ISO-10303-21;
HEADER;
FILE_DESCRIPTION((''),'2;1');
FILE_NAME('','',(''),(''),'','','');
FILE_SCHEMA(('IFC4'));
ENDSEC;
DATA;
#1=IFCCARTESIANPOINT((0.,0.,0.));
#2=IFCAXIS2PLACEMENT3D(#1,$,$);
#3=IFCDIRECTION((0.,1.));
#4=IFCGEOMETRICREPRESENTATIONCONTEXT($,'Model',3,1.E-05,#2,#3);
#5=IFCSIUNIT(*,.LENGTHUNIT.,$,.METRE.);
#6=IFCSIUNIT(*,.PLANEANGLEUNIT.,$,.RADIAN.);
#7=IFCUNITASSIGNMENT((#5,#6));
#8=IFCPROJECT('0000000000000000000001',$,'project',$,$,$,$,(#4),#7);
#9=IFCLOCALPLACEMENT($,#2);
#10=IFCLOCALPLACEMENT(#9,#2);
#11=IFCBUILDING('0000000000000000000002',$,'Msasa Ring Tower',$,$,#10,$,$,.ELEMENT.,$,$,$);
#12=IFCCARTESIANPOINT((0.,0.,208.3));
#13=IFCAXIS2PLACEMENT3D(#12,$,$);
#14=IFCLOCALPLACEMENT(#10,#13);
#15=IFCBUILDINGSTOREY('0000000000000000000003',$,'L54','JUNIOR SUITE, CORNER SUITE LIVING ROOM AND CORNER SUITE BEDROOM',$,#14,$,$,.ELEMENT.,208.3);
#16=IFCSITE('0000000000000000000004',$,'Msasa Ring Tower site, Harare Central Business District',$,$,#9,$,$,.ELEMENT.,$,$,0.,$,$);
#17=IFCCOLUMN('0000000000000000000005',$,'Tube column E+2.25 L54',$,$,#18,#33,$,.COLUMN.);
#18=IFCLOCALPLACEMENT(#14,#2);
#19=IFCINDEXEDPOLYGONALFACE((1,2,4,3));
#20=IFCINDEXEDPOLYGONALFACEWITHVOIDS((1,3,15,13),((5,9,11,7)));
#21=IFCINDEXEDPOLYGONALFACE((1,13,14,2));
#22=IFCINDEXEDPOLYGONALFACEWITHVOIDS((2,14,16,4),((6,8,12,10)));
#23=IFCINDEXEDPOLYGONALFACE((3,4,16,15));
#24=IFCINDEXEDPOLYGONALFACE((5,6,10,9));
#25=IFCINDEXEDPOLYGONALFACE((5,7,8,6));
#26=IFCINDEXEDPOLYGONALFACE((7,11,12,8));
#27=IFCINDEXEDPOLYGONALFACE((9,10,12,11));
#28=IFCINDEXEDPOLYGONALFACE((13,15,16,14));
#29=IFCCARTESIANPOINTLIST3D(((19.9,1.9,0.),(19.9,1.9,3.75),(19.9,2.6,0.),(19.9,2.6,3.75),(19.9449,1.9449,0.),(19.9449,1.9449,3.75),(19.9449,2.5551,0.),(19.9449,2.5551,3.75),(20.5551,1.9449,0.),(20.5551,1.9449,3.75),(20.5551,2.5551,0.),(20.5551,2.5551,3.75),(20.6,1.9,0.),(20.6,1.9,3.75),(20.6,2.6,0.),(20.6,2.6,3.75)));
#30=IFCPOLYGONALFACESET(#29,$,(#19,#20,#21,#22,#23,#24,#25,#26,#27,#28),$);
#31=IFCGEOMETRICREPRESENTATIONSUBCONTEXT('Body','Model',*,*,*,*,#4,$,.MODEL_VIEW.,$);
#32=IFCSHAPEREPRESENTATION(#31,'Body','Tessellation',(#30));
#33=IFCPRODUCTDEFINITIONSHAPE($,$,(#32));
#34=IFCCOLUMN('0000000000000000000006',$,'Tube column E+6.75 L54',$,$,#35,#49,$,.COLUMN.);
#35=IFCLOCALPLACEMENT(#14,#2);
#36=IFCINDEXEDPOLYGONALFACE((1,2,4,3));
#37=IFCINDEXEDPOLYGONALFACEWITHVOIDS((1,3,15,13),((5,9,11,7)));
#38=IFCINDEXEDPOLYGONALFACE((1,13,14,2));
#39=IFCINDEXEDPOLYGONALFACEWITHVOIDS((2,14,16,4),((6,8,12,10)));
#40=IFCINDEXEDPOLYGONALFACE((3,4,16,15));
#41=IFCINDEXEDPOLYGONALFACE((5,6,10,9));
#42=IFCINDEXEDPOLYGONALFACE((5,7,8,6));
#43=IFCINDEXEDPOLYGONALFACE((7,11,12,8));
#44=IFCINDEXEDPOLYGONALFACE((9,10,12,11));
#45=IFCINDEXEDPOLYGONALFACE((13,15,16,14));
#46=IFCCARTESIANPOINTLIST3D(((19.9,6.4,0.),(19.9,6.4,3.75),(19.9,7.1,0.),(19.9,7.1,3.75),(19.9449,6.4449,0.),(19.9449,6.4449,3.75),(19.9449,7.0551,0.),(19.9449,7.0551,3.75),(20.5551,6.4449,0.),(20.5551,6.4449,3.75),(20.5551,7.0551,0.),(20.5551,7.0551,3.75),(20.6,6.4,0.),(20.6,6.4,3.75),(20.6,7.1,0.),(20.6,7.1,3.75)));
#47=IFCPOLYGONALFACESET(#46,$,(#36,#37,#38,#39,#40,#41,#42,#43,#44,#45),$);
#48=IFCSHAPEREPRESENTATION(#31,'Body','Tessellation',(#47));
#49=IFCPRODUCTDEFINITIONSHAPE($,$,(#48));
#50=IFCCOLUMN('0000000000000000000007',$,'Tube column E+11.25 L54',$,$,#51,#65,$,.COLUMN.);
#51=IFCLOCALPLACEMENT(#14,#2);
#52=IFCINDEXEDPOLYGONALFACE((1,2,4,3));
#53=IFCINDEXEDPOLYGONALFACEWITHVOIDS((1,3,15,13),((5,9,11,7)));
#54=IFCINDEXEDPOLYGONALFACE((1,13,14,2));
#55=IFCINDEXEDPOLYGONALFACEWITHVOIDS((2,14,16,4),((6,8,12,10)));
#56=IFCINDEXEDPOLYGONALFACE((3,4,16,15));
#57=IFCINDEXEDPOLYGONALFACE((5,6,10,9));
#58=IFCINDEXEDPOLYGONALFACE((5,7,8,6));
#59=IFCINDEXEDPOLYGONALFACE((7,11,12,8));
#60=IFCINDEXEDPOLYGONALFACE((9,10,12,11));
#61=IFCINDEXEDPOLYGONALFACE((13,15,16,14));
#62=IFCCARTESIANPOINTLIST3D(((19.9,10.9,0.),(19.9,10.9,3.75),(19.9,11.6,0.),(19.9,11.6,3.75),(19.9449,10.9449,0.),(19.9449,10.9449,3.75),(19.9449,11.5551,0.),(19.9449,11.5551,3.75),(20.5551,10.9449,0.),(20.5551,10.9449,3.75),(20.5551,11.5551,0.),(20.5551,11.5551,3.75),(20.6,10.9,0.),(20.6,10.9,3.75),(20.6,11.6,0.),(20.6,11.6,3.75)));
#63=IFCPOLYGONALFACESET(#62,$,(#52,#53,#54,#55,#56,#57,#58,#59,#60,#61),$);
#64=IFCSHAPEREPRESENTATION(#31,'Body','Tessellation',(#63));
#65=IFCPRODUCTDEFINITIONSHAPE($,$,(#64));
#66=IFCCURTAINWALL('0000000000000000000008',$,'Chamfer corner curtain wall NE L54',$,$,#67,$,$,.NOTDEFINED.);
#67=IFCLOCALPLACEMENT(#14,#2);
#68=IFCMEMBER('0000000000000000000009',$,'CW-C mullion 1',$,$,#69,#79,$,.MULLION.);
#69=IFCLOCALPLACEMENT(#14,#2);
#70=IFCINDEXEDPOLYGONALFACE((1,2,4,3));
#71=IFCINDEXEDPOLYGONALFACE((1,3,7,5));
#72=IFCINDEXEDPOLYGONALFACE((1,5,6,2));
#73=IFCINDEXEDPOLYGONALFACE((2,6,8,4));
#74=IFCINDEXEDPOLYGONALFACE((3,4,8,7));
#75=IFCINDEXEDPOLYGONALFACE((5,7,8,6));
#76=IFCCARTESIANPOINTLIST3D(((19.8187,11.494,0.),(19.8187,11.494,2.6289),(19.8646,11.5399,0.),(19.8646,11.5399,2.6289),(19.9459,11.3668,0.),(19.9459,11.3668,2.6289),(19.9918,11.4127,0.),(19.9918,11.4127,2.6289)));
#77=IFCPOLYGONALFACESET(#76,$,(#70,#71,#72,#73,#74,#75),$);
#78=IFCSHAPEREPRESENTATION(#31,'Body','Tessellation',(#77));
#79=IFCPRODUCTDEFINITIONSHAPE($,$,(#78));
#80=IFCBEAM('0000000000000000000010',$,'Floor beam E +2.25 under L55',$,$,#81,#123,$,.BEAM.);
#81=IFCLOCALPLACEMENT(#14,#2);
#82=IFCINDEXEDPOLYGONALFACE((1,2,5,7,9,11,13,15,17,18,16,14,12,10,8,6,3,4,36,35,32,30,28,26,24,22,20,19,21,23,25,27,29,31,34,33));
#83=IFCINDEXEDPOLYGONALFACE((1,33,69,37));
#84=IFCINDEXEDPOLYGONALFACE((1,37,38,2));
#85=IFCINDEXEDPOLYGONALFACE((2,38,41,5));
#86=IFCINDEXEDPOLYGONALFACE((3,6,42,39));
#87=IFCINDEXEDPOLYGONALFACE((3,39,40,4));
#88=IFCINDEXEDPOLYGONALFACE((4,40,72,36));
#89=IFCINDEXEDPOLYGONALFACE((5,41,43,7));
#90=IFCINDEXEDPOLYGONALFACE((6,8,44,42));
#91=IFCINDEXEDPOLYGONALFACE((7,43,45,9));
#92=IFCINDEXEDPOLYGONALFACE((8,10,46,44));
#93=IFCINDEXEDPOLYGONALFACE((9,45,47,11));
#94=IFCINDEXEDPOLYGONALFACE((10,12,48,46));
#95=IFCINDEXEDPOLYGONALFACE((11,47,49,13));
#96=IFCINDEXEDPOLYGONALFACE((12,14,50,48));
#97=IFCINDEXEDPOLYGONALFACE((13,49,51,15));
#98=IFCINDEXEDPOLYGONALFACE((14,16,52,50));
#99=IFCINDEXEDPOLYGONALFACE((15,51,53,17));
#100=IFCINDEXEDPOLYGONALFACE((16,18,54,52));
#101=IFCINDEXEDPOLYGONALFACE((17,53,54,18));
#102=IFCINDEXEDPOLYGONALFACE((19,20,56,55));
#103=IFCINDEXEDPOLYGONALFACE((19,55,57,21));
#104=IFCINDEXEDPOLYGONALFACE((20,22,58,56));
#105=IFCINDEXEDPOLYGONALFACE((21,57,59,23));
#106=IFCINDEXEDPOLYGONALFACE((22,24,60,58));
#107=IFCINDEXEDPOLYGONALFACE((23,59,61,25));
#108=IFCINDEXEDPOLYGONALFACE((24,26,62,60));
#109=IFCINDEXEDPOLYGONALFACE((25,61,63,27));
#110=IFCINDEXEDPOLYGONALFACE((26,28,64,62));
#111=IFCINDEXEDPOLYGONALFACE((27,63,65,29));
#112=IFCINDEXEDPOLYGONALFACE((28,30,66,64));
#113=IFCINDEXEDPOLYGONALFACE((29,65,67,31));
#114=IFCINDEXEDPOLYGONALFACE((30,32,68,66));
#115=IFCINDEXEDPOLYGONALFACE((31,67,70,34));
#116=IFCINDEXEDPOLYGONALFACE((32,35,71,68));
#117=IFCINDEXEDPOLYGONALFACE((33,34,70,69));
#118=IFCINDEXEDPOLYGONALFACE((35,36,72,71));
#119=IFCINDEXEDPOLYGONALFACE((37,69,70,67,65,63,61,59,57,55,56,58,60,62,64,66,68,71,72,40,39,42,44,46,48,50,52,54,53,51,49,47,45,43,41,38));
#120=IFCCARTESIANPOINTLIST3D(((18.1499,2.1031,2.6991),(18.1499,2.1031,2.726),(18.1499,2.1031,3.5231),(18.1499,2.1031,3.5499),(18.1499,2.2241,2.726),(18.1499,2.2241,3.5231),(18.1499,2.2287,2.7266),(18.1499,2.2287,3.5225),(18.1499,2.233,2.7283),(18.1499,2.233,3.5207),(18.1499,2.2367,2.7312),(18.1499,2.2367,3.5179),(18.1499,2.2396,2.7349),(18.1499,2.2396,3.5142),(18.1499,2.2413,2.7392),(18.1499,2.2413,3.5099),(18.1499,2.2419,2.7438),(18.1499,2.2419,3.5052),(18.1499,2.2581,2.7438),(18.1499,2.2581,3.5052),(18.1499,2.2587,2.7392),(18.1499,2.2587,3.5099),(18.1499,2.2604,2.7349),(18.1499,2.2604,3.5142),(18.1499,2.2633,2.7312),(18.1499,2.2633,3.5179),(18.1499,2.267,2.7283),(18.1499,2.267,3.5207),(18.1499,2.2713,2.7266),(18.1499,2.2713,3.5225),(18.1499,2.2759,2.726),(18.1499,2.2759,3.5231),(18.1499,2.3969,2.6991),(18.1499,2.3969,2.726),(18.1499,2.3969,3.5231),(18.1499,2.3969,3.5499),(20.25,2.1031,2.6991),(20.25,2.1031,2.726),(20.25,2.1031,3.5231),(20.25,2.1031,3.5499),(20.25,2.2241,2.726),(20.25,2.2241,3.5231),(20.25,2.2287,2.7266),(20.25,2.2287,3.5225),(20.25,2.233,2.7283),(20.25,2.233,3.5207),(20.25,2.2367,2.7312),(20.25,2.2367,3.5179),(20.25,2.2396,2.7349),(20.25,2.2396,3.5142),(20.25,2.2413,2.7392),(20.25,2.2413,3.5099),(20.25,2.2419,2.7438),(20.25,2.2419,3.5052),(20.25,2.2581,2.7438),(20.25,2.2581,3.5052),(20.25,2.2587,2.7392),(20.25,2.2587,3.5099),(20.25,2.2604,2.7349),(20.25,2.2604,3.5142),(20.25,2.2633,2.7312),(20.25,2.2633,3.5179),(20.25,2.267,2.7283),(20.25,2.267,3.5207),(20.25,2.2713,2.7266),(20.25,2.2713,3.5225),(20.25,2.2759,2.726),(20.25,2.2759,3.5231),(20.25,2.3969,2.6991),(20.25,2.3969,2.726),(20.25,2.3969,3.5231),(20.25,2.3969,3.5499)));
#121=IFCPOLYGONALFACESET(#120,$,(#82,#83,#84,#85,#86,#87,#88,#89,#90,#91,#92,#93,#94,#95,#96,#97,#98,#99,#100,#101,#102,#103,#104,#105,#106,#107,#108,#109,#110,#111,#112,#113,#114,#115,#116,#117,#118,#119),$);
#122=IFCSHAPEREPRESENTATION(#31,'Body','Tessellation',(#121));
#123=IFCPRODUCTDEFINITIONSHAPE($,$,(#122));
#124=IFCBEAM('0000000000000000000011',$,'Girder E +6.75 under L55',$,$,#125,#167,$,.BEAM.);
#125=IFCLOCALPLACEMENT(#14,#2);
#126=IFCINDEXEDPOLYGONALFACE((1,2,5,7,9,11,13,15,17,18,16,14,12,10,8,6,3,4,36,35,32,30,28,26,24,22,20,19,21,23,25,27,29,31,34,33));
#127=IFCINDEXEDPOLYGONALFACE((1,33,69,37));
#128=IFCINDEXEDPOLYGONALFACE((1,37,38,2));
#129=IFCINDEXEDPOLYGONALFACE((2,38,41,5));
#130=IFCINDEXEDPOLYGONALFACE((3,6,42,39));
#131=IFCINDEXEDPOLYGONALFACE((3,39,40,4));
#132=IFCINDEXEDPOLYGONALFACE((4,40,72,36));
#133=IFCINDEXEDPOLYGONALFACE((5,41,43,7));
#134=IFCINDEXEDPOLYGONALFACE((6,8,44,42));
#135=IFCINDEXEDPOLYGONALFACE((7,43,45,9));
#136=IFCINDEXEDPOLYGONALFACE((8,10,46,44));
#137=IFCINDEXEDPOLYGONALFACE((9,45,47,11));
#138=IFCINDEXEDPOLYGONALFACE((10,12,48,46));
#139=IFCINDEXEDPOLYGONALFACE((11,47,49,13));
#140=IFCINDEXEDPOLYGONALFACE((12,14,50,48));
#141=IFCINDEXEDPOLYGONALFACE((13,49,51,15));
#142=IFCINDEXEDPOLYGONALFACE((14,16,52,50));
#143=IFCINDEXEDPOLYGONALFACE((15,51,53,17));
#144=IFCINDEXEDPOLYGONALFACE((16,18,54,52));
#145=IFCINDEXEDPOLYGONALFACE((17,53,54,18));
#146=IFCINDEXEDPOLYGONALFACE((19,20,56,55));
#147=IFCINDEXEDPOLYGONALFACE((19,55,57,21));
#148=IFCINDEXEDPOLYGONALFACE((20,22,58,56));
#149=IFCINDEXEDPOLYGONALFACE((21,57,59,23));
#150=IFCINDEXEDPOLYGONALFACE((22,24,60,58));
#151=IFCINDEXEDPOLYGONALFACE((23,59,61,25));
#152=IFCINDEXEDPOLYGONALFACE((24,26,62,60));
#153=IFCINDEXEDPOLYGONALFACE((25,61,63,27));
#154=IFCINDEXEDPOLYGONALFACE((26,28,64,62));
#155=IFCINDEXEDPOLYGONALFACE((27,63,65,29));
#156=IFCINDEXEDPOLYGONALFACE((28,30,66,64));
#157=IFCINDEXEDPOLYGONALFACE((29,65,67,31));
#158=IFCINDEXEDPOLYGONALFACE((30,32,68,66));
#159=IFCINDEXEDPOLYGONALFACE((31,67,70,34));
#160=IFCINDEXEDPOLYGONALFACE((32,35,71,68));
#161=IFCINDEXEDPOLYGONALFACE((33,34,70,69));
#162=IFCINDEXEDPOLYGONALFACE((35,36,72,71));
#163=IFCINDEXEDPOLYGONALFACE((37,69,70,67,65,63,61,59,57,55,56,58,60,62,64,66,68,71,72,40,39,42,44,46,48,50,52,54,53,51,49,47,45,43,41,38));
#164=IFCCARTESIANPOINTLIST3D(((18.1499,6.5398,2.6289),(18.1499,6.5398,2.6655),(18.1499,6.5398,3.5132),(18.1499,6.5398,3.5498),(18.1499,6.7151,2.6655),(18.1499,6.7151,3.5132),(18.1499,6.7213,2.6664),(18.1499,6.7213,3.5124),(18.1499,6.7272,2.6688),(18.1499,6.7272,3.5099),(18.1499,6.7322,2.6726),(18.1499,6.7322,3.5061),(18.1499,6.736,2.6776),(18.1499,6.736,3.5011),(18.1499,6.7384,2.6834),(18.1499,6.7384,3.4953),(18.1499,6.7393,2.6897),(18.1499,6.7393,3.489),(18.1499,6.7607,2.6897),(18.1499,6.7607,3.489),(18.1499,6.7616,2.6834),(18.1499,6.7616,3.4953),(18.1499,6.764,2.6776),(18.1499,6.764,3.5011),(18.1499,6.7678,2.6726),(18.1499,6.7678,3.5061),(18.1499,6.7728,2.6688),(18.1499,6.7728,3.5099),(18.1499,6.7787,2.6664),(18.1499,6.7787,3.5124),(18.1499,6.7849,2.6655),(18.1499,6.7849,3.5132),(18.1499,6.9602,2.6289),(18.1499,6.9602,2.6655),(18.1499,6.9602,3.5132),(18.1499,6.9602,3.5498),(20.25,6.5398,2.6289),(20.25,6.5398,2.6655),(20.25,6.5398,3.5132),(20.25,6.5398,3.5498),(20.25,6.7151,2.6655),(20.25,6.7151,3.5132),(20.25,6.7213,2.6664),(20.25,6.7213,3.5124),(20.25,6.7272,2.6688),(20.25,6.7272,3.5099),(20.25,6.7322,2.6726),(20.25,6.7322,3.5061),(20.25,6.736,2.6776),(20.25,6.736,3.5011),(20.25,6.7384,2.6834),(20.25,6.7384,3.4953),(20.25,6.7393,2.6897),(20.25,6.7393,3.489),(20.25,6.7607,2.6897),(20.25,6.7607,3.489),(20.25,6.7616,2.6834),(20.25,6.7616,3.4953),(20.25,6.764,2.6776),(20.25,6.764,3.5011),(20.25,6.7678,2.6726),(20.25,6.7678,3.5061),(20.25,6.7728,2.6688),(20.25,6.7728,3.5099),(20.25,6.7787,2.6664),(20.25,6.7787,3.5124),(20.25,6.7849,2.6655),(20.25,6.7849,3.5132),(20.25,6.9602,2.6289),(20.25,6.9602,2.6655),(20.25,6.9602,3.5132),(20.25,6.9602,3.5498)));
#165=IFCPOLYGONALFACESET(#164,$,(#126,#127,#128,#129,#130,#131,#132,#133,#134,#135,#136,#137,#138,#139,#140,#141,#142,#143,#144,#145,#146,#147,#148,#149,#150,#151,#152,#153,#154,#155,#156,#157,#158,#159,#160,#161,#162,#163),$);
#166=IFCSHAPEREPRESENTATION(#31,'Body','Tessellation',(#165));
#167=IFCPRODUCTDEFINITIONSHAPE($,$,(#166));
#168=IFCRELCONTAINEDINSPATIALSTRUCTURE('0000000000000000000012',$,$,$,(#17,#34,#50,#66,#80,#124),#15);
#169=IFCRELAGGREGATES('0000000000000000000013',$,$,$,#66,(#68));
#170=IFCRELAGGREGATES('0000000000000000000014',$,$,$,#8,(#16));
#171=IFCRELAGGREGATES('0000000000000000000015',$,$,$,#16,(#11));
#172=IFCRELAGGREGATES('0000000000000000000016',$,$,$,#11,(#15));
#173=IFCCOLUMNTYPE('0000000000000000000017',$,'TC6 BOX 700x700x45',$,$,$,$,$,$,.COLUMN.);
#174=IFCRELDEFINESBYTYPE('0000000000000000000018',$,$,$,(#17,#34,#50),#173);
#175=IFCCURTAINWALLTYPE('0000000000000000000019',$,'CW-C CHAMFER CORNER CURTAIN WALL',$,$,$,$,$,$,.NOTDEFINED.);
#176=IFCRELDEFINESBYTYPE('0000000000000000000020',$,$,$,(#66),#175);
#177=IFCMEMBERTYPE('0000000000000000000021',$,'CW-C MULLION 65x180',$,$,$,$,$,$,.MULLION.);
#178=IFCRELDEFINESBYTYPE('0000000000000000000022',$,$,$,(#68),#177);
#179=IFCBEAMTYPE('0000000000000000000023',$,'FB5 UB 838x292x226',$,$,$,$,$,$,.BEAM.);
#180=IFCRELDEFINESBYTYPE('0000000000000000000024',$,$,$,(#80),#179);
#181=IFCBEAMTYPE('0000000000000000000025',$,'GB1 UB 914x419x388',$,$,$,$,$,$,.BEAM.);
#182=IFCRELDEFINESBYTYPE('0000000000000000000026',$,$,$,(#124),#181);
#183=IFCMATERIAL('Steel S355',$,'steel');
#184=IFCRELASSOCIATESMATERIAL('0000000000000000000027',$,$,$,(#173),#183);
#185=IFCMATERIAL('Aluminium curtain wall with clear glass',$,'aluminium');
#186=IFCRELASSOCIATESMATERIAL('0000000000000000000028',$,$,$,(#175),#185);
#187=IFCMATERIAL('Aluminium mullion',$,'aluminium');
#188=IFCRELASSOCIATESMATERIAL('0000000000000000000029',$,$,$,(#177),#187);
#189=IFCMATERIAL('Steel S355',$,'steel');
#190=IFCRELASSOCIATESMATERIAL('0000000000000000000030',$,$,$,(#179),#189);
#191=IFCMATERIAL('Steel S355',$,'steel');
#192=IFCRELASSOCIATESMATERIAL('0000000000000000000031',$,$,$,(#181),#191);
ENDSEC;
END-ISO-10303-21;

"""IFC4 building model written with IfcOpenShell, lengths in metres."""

from ifc_helpers import new_model, si_unit, direction, frame, origin, origin_2d, place, context, subcontext, project, spatial, rectangle, hollow_rectangle, i_section, extrude, material, material_profile, profile_set, type_object, element, aggregate, save


model = new_model("IFC4")

# Units and contexts
model_context = context("Model", 3, precision=1e-05, world=origin(), true_north=direction((0.0, 1.0)))
body_context = subcontext(model_context, "Body", "Model", "MODEL_VIEW")
ifc_project = project(units=[si_unit("LENGTHUNIT", "METRE"), si_unit("PLANEANGLEUNIT", "RADIAN")], contexts=[model_context])

# Site, building, storey
site_placement = place(None, origin())
site = spatial("IfcSite", under=ifc_project, at=site_placement, Name="Msasa Ring Tower site, Harare Central Business District", CompositionType="ELEMENT", RefElevation=0.0)
building_placement = place(site_placement, origin())
building = spatial("IfcBuilding", under=site, at=building_placement, Name="Msasa Ring Tower", CompositionType="ELEMENT")
storey_placement = place(building_placement, frame((0.0, 0.0, 208.3)))
storey = spatial("IfcBuildingStorey", under=building, at=storey_placement, Name="L54", Description="JUNIOR SUITE, CORNER SUITE LIVING ROOM AND CORNER SUITE BEDROOM", CompositionType="ELEMENT", Elevation=208.3)

# Columns
ifc_material_1 = material(Name="Steel S355", Category="steel")
ifc_material_profile_1 = material_profile(ifc_material_1, hollow_rectangle(XDim=0.7, YDim=0.7, WallThickness=0.0449, at=origin_2d()), Name="BOX 700x700x45")
ifc_profile_set_1 = profile_set([ifc_material_profile_1], Name="Steel S355")
column_type = type_object("IfcColumnType", Name="TC6 BOX 700x700x45", PredefinedType="COLUMN", material=ifc_profile_set_1)
for number, where, z_axis, x_axis, name in (
    (1, (20.25, 2.25, 0.0), (0.0, 0.0, 1.0), (1.0, 0.0, 0.0), "Tube column E+2.25 L54"),
    (2, (20.25, 6.75, 0.0), (0.0, 0.0, 1.0), (1.0, 0.0, 0.0), "Tube column E+6.75 L54"),
    (3, (20.25, 11.25, 0.0), (0.0, 0.0, 1.0), (1.0, 0.0, 0.0), "Tube column E+11.25 L54"),
):
    element("IfcColumn", number, at=place(storey_placement, frame(where, z_axis=z_axis, x_axis=x_axis)), inside=storey, type_object=column_type, Name=name, PredefinedType="COLUMN", context=body_context, shape_type="SweptSolid", body=[
        extrude(hollow_rectangle(XDim=0.7, YDim=0.7, WallThickness=0.0449, at=origin_2d()), origin(), (0.0, 0.0, 1.0), 3.75),
    ])

# Curtain wall, member
ifc_material_2 = material(Name="Aluminium curtain wall with clear glass", Category="aluminium")
curtain_wall_type = type_object("IfcCurtainWallType", Name="CW-C CHAMFER CORNER CURTAIN WALL", PredefinedType="NOTDEFINED", material=ifc_material_2)
curtain_wall_placement = place(storey_placement, origin())
curtain_wall = element("IfcCurtainWall", 4, at=curtain_wall_placement, inside=storey, type_object=curtain_wall_type, Name="Chamfer corner curtain wall NE L54", PredefinedType="NOTDEFINED")
ifc_material_3 = material(Name="Aluminium mullion", Category="aluminium")
ifc_material_profile_2 = material_profile(ifc_material_3, rectangle(XDim=0.0649, YDim=0.1799, at=origin_2d()), Name="AL 65x180")
ifc_profile_set_2 = profile_set([ifc_material_profile_2], Name="Aluminium mullion")
member_type = type_object("IfcMemberType", Name="CW-C MULLION 65x180", PredefinedType="MULLION", material=ifc_profile_set_2)
member_placement = place(storey_placement, frame((19.9053, 11.4534, 0.0), z_axis=(0.0, 0.0, 1.0), x_axis=(-0.707107, -0.707107, 0.0)))
member = element("IfcMember", 5, at=member_placement, type_object=member_type, Name="CW-C mullion 1", PredefinedType="MULLION", context=body_context, shape_type="SweptSolid", body=[
    extrude(rectangle(XDim=0.0649, YDim=0.1799, at=origin_2d()), origin(), (0.0, 0.0, 1.0), 2.6289),
])
aggregate(curtain_wall, [member])

# Beams
ifc_material_4 = material(Name="Steel S355", Category="steel")
ifc_material_profile_3 = material_profile(ifc_material_4, i_section(OverallWidth=0.2937, OverallDepth=0.8508, WebThickness=0.0161, FlangeThickness=0.0269, FilletRadius=0.0178, at=origin_2d()), Name="UB 838x292x226")
ifc_profile_set_3 = profile_set([ifc_material_profile_3], Name="Steel S355")
beam_type_1 = type_object("IfcBeamType", Name="FB5 UB 838x292x226", PredefinedType="BEAM", material=ifc_profile_set_3)
beam_1_placement = place(storey_placement, frame((20.25, 2.25, 3.1245), z_axis=(-1.0, 0.0, 0.0), x_axis=(0.0, -1.0, 0.0)))
element("IfcBeam", 6, at=beam_1_placement, inside=storey, type_object=beam_type_1, Name="Floor beam E +2.25 under L55", PredefinedType="BEAM", context=body_context, shape_type="SweptSolid", body=[
    extrude(i_section(OverallWidth=0.2937, OverallDepth=0.8508, WebThickness=0.0161, FlangeThickness=0.0269, FilletRadius=0.0178, at=origin_2d()), origin(), (0.0, 0.0, 1.0), 2.1001),
])
ifc_material_5 = material(Name="Steel S355", Category="steel")
ifc_material_profile_4 = material_profile(ifc_material_5, i_section(OverallWidth=0.4204, OverallDepth=0.9209, WebThickness=0.0215, FlangeThickness=0.0366, FilletRadius=0.0242, at=origin_2d()), Name="UB 914x419x388")
ifc_profile_set_4 = profile_set([ifc_material_profile_4], Name="Steel S355")
beam_type_2 = type_object("IfcBeamType", Name="GB1 UB 914x419x388", PredefinedType="BEAM", material=ifc_profile_set_4)
beam_2_placement = place(storey_placement, frame((18.1499, 6.75, 3.0894), z_axis=(1.0, 0.0, 0.0), x_axis=(0.0, 1.0, 0.0)))
element("IfcBeam", 7, at=beam_2_placement, inside=storey, type_object=beam_type_2, Name="Girder E +6.75 under L55", PredefinedType="BEAM", context=body_context, shape_type="SweptSolid", body=[
    extrude(i_section(OverallWidth=0.4204, OverallDepth=0.9209, WebThickness=0.0215, FlangeThickness=0.0366, FilletRadius=0.0242, at=origin_2d()), origin(), (0.0, 0.0, 1.0), 2.1001),
])

save(model, "model.ifc")
